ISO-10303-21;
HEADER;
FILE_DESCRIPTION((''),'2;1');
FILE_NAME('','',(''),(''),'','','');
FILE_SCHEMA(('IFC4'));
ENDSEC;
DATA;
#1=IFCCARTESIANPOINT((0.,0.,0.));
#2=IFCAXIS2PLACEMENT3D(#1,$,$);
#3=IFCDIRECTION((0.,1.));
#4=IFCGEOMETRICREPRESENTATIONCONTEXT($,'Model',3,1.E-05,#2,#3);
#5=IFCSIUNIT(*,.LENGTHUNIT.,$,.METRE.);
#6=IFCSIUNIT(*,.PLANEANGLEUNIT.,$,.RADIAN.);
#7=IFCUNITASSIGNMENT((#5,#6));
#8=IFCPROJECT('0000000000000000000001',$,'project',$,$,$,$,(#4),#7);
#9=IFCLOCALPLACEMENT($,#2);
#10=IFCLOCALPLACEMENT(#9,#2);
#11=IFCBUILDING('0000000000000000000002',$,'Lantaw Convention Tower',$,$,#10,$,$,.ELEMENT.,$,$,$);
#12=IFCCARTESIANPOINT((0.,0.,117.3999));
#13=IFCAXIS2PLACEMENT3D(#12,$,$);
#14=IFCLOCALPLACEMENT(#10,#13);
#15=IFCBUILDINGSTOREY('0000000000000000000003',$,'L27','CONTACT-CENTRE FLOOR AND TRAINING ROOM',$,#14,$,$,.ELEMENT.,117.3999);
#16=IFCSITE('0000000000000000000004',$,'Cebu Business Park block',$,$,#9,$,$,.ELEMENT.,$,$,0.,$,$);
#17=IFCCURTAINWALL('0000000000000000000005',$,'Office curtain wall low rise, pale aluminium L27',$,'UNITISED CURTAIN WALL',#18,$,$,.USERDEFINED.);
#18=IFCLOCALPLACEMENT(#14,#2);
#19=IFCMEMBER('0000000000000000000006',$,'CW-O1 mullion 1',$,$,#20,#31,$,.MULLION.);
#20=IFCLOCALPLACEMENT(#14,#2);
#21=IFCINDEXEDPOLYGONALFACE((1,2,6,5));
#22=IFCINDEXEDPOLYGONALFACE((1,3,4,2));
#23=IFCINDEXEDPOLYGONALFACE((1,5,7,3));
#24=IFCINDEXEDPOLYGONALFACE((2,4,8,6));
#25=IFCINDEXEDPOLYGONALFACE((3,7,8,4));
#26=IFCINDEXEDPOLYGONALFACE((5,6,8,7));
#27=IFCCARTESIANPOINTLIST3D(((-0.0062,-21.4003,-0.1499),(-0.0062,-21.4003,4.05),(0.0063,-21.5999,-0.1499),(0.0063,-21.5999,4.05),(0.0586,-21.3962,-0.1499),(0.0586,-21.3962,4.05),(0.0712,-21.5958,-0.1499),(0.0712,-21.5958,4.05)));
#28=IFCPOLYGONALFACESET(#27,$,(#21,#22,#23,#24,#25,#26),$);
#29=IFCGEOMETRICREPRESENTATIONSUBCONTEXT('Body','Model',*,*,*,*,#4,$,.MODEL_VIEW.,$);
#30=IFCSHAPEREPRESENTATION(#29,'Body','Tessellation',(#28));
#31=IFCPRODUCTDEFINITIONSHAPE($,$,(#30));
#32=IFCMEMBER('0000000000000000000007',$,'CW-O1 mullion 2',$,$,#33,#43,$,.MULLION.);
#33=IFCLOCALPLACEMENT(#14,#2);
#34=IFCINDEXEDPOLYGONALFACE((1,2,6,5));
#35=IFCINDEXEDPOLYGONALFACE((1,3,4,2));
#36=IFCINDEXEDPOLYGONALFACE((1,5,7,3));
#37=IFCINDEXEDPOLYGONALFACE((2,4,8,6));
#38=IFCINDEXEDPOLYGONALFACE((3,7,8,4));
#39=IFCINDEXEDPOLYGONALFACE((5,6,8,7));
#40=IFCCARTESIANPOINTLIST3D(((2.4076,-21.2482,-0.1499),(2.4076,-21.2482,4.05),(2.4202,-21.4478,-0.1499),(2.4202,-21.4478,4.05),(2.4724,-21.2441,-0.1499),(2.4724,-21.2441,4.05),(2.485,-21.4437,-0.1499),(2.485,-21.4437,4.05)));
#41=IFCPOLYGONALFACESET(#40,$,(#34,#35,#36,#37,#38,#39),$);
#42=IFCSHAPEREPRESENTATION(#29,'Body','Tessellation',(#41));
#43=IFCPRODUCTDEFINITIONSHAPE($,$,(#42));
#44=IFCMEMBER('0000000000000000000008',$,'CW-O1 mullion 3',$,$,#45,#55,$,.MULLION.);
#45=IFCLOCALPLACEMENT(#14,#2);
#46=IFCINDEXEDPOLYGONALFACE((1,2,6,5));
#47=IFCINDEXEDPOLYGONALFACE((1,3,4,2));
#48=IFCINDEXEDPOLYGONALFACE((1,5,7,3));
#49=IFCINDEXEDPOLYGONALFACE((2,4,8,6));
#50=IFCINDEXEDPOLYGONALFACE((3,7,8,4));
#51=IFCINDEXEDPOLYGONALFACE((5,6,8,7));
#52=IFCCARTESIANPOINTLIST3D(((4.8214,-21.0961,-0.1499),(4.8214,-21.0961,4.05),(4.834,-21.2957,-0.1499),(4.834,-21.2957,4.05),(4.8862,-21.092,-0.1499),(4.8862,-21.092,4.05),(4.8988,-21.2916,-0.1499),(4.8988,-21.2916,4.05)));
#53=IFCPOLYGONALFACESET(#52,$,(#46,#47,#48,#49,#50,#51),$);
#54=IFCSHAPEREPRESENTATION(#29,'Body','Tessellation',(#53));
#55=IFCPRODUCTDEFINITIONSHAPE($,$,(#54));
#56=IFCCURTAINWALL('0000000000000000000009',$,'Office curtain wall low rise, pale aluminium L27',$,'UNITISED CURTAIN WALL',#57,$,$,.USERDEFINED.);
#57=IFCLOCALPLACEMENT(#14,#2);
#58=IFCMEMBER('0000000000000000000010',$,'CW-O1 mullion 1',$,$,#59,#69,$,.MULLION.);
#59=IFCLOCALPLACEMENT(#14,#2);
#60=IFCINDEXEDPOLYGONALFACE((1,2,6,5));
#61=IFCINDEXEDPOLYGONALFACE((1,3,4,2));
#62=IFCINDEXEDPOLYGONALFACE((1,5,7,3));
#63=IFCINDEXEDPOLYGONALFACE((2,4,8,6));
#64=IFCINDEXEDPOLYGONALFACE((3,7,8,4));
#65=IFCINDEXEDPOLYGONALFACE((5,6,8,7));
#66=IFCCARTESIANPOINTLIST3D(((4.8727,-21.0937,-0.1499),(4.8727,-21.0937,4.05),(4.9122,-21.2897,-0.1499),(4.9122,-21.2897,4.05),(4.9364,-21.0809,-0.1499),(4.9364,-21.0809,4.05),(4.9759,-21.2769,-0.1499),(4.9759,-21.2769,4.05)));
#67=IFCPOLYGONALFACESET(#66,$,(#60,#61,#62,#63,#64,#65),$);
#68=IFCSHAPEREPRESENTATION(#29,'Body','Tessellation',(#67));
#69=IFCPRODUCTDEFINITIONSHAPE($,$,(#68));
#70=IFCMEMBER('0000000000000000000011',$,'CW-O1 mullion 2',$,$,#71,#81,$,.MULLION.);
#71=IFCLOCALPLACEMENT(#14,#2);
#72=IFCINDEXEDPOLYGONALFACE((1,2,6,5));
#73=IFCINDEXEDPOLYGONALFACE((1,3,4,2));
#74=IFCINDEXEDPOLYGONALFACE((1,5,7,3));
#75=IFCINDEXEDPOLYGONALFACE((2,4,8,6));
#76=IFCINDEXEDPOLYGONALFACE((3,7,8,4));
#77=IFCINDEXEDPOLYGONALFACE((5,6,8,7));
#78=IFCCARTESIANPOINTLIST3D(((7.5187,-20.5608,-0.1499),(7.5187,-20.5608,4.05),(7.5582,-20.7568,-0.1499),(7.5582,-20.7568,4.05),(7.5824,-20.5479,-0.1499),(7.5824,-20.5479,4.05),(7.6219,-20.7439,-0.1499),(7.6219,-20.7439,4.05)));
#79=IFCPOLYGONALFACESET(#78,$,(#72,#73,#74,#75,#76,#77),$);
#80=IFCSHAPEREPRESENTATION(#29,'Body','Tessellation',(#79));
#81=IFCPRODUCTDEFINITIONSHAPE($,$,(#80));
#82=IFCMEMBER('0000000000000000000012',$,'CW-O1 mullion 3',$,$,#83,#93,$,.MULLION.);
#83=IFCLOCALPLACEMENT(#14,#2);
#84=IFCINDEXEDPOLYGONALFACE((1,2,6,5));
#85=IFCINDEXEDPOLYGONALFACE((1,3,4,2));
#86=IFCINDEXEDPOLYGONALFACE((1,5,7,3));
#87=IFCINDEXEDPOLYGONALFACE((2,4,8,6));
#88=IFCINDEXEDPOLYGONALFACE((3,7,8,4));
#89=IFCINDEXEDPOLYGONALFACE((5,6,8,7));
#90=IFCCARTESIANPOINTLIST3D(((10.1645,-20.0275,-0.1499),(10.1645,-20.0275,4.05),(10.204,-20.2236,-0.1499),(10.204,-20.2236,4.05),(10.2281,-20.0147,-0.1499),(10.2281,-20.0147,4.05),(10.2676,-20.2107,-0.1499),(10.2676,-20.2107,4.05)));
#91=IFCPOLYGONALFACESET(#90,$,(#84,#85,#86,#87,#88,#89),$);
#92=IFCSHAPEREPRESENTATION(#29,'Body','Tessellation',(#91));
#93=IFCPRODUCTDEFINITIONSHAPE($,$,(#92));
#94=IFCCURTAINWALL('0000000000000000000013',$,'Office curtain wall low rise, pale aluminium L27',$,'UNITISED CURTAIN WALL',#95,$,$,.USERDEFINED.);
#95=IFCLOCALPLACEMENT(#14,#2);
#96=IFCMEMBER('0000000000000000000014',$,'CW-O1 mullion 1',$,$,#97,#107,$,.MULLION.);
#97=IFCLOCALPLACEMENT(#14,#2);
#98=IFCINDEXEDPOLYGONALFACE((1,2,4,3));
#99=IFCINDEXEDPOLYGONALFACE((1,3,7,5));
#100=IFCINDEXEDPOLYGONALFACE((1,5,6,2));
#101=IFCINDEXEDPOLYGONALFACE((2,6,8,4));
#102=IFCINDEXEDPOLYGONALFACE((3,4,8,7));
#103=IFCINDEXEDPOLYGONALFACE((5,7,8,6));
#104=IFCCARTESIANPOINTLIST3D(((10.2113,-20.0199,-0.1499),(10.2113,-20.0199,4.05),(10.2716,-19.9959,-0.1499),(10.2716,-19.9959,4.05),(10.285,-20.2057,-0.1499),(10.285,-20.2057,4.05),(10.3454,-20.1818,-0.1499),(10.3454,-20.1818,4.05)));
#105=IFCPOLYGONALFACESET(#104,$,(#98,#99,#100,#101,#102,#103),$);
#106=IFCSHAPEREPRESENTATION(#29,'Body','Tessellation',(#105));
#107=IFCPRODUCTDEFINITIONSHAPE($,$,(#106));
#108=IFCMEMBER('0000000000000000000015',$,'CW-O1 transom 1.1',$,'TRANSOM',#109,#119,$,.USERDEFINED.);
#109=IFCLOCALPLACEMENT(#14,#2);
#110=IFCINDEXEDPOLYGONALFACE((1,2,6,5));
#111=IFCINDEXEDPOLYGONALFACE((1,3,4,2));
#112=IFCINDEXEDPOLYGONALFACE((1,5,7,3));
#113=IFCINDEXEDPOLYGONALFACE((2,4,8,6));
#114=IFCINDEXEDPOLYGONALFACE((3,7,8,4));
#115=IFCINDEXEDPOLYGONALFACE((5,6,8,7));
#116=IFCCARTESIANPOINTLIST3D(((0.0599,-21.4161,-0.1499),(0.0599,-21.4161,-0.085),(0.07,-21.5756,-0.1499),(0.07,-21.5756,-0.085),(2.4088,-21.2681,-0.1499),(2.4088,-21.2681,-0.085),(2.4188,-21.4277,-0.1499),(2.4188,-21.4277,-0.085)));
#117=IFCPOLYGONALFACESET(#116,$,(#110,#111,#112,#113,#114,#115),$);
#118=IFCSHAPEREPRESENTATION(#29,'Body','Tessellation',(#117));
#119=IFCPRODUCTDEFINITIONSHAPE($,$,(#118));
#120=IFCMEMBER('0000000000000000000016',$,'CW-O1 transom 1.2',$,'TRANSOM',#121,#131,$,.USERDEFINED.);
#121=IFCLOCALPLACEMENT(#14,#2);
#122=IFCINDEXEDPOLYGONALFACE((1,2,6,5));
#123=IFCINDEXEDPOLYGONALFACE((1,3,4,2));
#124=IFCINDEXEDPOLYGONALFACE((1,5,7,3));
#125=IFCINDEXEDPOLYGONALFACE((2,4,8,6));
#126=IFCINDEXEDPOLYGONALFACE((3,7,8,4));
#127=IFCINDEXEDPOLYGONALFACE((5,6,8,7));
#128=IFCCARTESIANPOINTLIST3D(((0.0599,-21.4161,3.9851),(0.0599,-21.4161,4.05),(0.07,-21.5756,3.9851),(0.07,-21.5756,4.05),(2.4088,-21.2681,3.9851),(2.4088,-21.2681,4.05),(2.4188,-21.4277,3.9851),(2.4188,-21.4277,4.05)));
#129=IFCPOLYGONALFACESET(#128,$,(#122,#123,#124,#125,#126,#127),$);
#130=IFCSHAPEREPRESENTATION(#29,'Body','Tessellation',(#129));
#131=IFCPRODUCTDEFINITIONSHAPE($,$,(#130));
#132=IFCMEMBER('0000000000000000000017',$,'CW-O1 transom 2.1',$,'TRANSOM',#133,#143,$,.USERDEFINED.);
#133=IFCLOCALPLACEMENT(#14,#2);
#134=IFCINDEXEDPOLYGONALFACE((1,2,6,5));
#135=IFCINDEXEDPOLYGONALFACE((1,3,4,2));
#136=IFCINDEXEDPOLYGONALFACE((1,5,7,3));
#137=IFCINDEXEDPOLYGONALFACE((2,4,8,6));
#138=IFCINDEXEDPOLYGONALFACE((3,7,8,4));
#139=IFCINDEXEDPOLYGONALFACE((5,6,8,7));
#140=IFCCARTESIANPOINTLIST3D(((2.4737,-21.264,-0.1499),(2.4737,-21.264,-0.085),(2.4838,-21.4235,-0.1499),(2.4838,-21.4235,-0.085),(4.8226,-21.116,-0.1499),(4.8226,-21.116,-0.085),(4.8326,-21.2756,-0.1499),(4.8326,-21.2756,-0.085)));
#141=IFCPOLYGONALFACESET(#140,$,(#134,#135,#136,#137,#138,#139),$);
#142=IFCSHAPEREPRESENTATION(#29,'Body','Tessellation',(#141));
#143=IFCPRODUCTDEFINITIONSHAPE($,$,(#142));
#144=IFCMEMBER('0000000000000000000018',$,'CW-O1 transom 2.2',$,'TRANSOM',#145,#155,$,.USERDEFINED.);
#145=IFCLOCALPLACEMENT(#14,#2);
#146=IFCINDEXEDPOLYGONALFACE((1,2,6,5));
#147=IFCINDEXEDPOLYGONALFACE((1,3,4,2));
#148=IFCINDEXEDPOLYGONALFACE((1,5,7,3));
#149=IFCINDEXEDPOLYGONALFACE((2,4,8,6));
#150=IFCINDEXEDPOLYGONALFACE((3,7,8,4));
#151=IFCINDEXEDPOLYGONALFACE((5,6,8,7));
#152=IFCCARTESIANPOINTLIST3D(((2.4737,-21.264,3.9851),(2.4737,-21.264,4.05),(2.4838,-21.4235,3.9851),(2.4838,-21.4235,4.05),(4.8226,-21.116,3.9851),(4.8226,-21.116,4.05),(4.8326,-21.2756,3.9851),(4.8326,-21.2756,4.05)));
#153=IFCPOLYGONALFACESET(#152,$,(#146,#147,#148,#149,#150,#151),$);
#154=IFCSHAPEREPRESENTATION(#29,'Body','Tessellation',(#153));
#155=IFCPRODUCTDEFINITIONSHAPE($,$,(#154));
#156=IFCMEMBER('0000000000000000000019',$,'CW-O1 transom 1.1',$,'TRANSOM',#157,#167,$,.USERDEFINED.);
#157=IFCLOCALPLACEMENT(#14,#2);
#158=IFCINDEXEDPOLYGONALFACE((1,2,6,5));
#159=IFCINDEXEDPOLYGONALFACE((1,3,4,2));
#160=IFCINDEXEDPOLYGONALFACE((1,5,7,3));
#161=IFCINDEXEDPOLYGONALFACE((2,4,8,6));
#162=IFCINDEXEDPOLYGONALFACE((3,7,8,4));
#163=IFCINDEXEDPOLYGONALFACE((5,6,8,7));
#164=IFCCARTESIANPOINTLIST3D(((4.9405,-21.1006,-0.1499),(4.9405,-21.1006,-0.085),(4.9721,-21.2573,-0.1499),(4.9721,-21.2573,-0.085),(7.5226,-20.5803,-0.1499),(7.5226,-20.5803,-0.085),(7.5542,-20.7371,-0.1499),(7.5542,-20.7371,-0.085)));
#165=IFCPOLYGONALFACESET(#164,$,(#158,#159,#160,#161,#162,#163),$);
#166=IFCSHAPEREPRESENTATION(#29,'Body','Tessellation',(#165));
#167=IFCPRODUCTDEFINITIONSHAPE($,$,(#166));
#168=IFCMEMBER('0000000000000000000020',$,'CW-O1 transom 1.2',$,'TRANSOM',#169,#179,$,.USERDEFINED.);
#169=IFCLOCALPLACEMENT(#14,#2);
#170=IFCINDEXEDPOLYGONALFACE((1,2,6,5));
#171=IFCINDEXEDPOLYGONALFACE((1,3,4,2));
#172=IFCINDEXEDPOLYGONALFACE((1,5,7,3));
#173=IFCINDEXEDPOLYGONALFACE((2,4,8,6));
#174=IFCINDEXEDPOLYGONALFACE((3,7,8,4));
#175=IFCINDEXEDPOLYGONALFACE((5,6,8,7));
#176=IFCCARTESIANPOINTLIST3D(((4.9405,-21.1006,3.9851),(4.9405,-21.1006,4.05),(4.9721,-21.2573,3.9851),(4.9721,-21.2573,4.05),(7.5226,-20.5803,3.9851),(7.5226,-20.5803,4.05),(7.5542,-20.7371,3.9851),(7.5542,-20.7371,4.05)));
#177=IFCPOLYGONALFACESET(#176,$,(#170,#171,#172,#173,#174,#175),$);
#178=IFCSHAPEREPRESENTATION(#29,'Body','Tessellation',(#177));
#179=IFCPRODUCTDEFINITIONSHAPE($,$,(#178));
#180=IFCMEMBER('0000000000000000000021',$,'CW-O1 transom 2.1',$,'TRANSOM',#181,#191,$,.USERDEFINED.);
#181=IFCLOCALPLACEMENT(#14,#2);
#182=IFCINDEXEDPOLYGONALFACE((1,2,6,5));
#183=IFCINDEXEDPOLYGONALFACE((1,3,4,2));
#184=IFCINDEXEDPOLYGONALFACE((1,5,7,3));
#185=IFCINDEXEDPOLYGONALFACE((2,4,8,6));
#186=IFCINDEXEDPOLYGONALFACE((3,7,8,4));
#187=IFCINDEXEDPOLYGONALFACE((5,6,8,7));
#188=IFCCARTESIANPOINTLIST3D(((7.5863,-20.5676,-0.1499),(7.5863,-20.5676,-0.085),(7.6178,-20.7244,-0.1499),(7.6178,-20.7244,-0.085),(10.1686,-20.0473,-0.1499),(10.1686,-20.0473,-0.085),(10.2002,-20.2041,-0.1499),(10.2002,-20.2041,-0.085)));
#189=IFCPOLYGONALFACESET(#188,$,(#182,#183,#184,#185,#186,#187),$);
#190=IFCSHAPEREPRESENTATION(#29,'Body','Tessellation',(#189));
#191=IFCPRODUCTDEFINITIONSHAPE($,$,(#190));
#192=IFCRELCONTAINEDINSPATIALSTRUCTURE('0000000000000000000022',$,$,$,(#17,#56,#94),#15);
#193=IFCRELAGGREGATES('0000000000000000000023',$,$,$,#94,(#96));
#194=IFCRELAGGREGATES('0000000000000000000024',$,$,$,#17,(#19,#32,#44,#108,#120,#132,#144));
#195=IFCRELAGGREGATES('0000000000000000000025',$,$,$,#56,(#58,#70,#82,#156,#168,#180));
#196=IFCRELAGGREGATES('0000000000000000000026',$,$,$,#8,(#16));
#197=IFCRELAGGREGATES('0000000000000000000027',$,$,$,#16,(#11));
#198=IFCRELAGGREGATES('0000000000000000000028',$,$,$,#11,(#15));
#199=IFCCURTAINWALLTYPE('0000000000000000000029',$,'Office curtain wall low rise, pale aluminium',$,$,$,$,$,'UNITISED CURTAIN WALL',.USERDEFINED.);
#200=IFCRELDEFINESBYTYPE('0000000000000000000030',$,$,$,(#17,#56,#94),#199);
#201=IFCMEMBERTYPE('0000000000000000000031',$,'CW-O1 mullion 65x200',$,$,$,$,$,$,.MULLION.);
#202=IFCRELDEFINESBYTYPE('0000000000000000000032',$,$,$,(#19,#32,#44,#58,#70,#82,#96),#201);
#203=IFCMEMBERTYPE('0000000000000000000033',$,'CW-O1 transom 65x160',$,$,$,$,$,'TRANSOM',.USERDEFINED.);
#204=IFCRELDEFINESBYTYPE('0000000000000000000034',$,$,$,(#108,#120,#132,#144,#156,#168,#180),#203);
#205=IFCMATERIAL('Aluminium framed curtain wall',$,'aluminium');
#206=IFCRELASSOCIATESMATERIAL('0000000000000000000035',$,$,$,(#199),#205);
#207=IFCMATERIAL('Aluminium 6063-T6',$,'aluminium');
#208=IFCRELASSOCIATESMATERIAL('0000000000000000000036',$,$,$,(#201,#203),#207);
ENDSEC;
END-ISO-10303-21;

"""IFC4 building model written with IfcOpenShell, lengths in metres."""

from ifc_helpers import new_model, si_unit, direction, frame, origin, origin_2d, place, context, subcontext, project, spatial, rectangle, extrude, material, material_profile, profile_set, type_object, element, aggregate, save


model = new_model("IFC4")

# Units and contexts
model_context = context("Model", 3, precision=1e-05, world=origin(), true_north=direction((0.0, 1.0)))
body_context = subcontext(model_context, "Body", "Model", "MODEL_VIEW")
ifc_project = project(units=[si_unit("LENGTHUNIT", "METRE"), si_unit("PLANEANGLEUNIT", "RADIAN")], contexts=[model_context])

# Site, building, storey
site_placement = place(None, origin())
site = spatial("IfcSite", under=ifc_project, at=site_placement, Name="Cebu Business Park block", CompositionType="ELEMENT", RefElevation=0.0)
building_placement = place(site_placement, origin())
building = spatial("IfcBuilding", under=site, at=building_placement, Name="Lantaw Convention Tower", CompositionType="ELEMENT")
storey_placement = place(building_placement, frame((0.0, 0.0, 117.3999)))
storey = spatial("IfcBuildingStorey", under=building, at=storey_placement, Name="L27", Description="CONTACT-CENTRE FLOOR AND TRAINING ROOM", CompositionType="ELEMENT", Elevation=117.3999)

# Curtain walls, members
ifc_material_1 = material(Name="Aluminium framed curtain wall", Category="aluminium")
curtain_wall_type = type_object("IfcCurtainWallType", Name="Office curtain wall low rise, pale aluminium", ElementType="UNITISED CURTAIN WALL", PredefinedType="USERDEFINED", material=ifc_material_1)
curtain_wall_1_placement = place(storey_placement, origin())
curtain_wall_1 = element("IfcCurtainWall", 1, at=curtain_wall_1_placement, inside=storey, type_object=curtain_wall_type, Name="Office curtain wall low rise, pale aluminium L27", ObjectType="UNITISED CURTAIN WALL", PredefinedType="USERDEFINED")
ifc_material_2 = material(Name="Aluminium 6063-T6", Category="aluminium")
ifc_material_profile_1 = material_profile(ifc_material_2, rectangle(XDim=0.2, YDim=0.0649, at=origin_2d()), Name="CW-O1 mullion 65x200")
ifc_profile_set_1 = profile_set([ifc_material_profile_1], Name="Aluminium 6063-T6")
member_type_1 = type_object("IfcMemberType", Name="CW-O1 mullion 65x200", PredefinedType="MULLION", material=ifc_profile_set_1)
member_1_placement = place(storey_placement, frame((0.0325, -21.498, -0.1499), z_axis=(0.0, 0.0, 1.0), x_axis=(-0.062865, 0.998022, 0.0)))
member_1 = element("IfcMember", 2, at=member_1_placement, type_object=member_type_1, Name="CW-O1 mullion 1", PredefinedType="MULLION", context=body_context, shape_type="SweptSolid", body=[
    extrude(rectangle(XDim=0.2, YDim=0.0649, at=origin_2d()), origin(), (0.0, 0.0, 1.0), 4.2),
])
member_2_placement = place(storey_placement, frame((2.4463, -21.3459, -0.1499), z_axis=(0.0, 0.0, 1.0), x_axis=(-0.062865, 0.998022, 0.0)))
member_2 = element("IfcMember", 3, at=member_2_placement, type_object=member_type_1, Name="CW-O1 mullion 2", PredefinedType="MULLION", context=body_context, shape_type="SweptSolid", body=[
    extrude(rectangle(XDim=0.2, YDim=0.0649, at=origin_2d()), origin(), (0.0, 0.0, 1.0), 4.2),
])
member_3_placement = place(storey_placement, frame((4.8601, -21.1938, -0.1499), z_axis=(0.0, 0.0, 1.0), x_axis=(-0.062865, 0.998022, 0.0)))
member_3 = element("IfcMember", 4, at=member_3_placement, type_object=member_type_1, Name="CW-O1 mullion 3", PredefinedType="MULLION", context=body_context, shape_type="SweptSolid", body=[
    extrude(rectangle(XDim=0.2, YDim=0.0649, at=origin_2d()), origin(), (0.0, 0.0, 1.0), 4.2),
])
curtain_wall_2_placement = place(storey_placement, origin())
curtain_wall_2 = element("IfcCurtainWall", 5, at=curtain_wall_2_placement, inside=storey, type_object=curtain_wall_type, Name="Office curtain wall low rise, pale aluminium L27", ObjectType="UNITISED CURTAIN WALL", PredefinedType="USERDEFINED")
member_4_placement = place(storey_placement, frame((4.9243, -21.1853, -0.1499), z_axis=(0.0, 0.0, 1.0), x_axis=(-0.197507, 0.980302, 0.0)))
member_4 = element("IfcMember", 6, at=member_4_placement, type_object=member_type_1, Name="CW-O1 mullion 1", PredefinedType="MULLION", context=body_context, shape_type="SweptSolid", body=[
    extrude(rectangle(XDim=0.2, YDim=0.0649, at=origin_2d()), origin(), (0.0, 0.0, 1.0), 4.2),
])
member_5_placement = place(storey_placement, frame((7.5703, -20.6523, -0.1499), z_axis=(0.0, 0.0, 1.0), x_axis=(-0.197507, 0.980302, 0.0)))
member_5 = element("IfcMember", 7, at=member_5_placement, type_object=member_type_1, Name="CW-O1 mullion 2", PredefinedType="MULLION", context=body_context, shape_type="SweptSolid", body=[
    extrude(rectangle(XDim=0.2, YDim=0.0649, at=origin_2d()), origin(), (0.0, 0.0, 1.0), 4.2),
])
member_6_placement = place(storey_placement, frame((10.2161, -20.1191, -0.1499), z_axis=(0.0, 0.0, 1.0), x_axis=(-0.197507, 0.980302, 0.0)))
member_6 = element("IfcMember", 8, at=member_6_placement, type_object=member_type_1, Name="CW-O1 mullion 3", PredefinedType="MULLION", context=body_context, shape_type="SweptSolid", body=[
    extrude(rectangle(XDim=0.2, YDim=0.0649, at=origin_2d()), origin(), (0.0, 0.0, 1.0), 4.2),
])

# Curtain wall, member
curtain_wall_3_placement = place(storey_placement, origin())
curtain_wall_3 = element("IfcCurtainWall", 9, at=curtain_wall_3_placement, inside=storey, type_object=curtain_wall_type, Name="Office curtain wall low rise, pale aluminium L27", ObjectType="UNITISED CURTAIN WALL", PredefinedType="USERDEFINED")
member_7_placement = place(storey_placement, frame((10.2783, -20.1008, -0.1499), z_axis=(0.0, 0.0, 1.0), x_axis=(-0.368702, 0.929548, 0.0)))
member_7 = element("IfcMember", 10, at=member_7_placement, type_object=member_type_1, Name="CW-O1 mullion 1", PredefinedType="MULLION", context=body_context, shape_type="SweptSolid", body=[
    extrude(rectangle(XDim=0.2, YDim=0.0649, at=origin_2d()), origin(), (0.0, 0.0, 1.0), 4.2),
])

# Members
ifc_material_profile_2 = material_profile(ifc_material_2, rectangle(XDim=0.1599, YDim=0.0649, at=origin_2d()), Name="CW-O1 transom 65x160")
ifc_profile_set_2 = profile_set([ifc_material_profile_2], Name="Aluminium 6063-T6")
member_type_2 = type_object("IfcMemberType", Name="CW-O1 transom 65x160", ElementType="TRANSOM", PredefinedType="USERDEFINED", material=ifc_profile_set_2)
member_8_placement = place(storey_placement, frame((0.0649, -21.4958, -0.1174), z_axis=(0.998022, 0.062863, 0.0), x_axis=(-0.062863, 0.998022, 0.0)))
member_8 = element("IfcMember", 11, at=member_8_placement, type_object=member_type_2, Name="CW-O1 transom 1.1", ObjectType="TRANSOM", PredefinedType="USERDEFINED", context=body_context, shape_type="SweptSolid", body=[
    extrude(rectangle(XDim=0.1599, YDim=0.0649, at=origin_2d()), origin(), (0.0, 0.0, 1.0), 2.3535),
])
member_9_placement = place(storey_placement, frame((0.0649, -21.4958, 4.0176), z_axis=(0.998022, 0.062863, 0.0), x_axis=(-0.062863, 0.998022, 0.0)))
member_9 = element("IfcMember", 12, at=member_9_placement, type_object=member_type_2, Name="CW-O1 transom 1.2", ObjectType="TRANSOM", PredefinedType="USERDEFINED", context=body_context, shape_type="SweptSolid", body=[
    extrude(rectangle(XDim=0.1599, YDim=0.0649, at=origin_2d()), origin(), (0.0, 0.0, 1.0), 2.3535),
])
member_10_placement = place(storey_placement, frame((2.4788, -21.3438, -0.1174), z_axis=(0.998022, 0.062863, 0.0), x_axis=(-0.062863, 0.998022, 0.0)))
member_10 = element("IfcMember", 13, at=member_10_placement, type_object=member_type_2, Name="CW-O1 transom 2.1", ObjectType="TRANSOM", PredefinedType="USERDEFINED", context=body_context, shape_type="SweptSolid", body=[
    extrude(rectangle(XDim=0.1599, YDim=0.0649, at=origin_2d()), origin(), (0.0, 0.0, 1.0), 2.3535),
])
member_11_placement = place(storey_placement, frame((2.4788, -21.3438, 4.0176), z_axis=(0.998022, 0.062863, 0.0), x_axis=(-0.062863, 0.998022, 0.0)))
member_11 = element("IfcMember", 14, at=member_11_placement, type_object=member_type_2, Name="CW-O1 transom 2.2", ObjectType="TRANSOM", PredefinedType="USERDEFINED", context=body_context, shape_type="SweptSolid", body=[
    extrude(rectangle(XDim=0.1599, YDim=0.0649, at=origin_2d()), origin(), (0.0, 0.0, 1.0), 2.3535),
])
member_12_placement = place(storey_placement, frame((4.9563, -21.179, -0.1174), z_axis=(0.980298, 0.197524, 0.0), x_axis=(-0.197524, 0.980298, 0.0)))
member_12 = element("IfcMember", 15, at=member_12_placement, type_object=member_type_2, Name="CW-O1 transom 1.1", ObjectType="TRANSOM", PredefinedType="USERDEFINED", context=body_context, shape_type="SweptSolid", body=[
    extrude(rectangle(XDim=0.1599, YDim=0.0649, at=origin_2d()), origin(), (0.0, 0.0, 1.0), 2.634),
])
member_13_placement = place(storey_placement, frame((4.9563, -21.179, 4.0176), z_axis=(0.980298, 0.197524, 0.0), x_axis=(-0.197524, 0.980298, 0.0)))
member_13 = element("IfcMember", 16, at=member_13_placement, type_object=member_type_2, Name="CW-O1 transom 1.2", ObjectType="TRANSOM", PredefinedType="USERDEFINED", context=body_context, shape_type="SweptSolid", body=[
    extrude(rectangle(XDim=0.1599, YDim=0.0649, at=origin_2d()), origin(), (0.0, 0.0, 1.0), 2.634),
])
member_14_placement = place(storey_placement, frame((7.6021, -20.646, -0.1174), z_axis=(0.980302, 0.197506, 0.0), x_axis=(-0.197506, 0.980302, 0.0)))
member_14 = element("IfcMember", 17, at=member_14_placement, type_object=member_type_2, Name="CW-O1 transom 2.1", ObjectType="TRANSOM", PredefinedType="USERDEFINED", context=body_context, shape_type="SweptSolid", body=[
    extrude(rectangle(XDim=0.1599, YDim=0.0649, at=origin_2d()), origin(), (0.0, 0.0, 1.0), 2.6343),
])
aggregate(curtain_wall_3, [member_7])

aggregate(curtain_wall_1, [member_1, member_2, member_3, member_8, member_9, member_10, member_11])
aggregate(curtain_wall_2, [member_4, member_5, member_6, member_12, member_13, member_14])

save(model, "model.ifc")
